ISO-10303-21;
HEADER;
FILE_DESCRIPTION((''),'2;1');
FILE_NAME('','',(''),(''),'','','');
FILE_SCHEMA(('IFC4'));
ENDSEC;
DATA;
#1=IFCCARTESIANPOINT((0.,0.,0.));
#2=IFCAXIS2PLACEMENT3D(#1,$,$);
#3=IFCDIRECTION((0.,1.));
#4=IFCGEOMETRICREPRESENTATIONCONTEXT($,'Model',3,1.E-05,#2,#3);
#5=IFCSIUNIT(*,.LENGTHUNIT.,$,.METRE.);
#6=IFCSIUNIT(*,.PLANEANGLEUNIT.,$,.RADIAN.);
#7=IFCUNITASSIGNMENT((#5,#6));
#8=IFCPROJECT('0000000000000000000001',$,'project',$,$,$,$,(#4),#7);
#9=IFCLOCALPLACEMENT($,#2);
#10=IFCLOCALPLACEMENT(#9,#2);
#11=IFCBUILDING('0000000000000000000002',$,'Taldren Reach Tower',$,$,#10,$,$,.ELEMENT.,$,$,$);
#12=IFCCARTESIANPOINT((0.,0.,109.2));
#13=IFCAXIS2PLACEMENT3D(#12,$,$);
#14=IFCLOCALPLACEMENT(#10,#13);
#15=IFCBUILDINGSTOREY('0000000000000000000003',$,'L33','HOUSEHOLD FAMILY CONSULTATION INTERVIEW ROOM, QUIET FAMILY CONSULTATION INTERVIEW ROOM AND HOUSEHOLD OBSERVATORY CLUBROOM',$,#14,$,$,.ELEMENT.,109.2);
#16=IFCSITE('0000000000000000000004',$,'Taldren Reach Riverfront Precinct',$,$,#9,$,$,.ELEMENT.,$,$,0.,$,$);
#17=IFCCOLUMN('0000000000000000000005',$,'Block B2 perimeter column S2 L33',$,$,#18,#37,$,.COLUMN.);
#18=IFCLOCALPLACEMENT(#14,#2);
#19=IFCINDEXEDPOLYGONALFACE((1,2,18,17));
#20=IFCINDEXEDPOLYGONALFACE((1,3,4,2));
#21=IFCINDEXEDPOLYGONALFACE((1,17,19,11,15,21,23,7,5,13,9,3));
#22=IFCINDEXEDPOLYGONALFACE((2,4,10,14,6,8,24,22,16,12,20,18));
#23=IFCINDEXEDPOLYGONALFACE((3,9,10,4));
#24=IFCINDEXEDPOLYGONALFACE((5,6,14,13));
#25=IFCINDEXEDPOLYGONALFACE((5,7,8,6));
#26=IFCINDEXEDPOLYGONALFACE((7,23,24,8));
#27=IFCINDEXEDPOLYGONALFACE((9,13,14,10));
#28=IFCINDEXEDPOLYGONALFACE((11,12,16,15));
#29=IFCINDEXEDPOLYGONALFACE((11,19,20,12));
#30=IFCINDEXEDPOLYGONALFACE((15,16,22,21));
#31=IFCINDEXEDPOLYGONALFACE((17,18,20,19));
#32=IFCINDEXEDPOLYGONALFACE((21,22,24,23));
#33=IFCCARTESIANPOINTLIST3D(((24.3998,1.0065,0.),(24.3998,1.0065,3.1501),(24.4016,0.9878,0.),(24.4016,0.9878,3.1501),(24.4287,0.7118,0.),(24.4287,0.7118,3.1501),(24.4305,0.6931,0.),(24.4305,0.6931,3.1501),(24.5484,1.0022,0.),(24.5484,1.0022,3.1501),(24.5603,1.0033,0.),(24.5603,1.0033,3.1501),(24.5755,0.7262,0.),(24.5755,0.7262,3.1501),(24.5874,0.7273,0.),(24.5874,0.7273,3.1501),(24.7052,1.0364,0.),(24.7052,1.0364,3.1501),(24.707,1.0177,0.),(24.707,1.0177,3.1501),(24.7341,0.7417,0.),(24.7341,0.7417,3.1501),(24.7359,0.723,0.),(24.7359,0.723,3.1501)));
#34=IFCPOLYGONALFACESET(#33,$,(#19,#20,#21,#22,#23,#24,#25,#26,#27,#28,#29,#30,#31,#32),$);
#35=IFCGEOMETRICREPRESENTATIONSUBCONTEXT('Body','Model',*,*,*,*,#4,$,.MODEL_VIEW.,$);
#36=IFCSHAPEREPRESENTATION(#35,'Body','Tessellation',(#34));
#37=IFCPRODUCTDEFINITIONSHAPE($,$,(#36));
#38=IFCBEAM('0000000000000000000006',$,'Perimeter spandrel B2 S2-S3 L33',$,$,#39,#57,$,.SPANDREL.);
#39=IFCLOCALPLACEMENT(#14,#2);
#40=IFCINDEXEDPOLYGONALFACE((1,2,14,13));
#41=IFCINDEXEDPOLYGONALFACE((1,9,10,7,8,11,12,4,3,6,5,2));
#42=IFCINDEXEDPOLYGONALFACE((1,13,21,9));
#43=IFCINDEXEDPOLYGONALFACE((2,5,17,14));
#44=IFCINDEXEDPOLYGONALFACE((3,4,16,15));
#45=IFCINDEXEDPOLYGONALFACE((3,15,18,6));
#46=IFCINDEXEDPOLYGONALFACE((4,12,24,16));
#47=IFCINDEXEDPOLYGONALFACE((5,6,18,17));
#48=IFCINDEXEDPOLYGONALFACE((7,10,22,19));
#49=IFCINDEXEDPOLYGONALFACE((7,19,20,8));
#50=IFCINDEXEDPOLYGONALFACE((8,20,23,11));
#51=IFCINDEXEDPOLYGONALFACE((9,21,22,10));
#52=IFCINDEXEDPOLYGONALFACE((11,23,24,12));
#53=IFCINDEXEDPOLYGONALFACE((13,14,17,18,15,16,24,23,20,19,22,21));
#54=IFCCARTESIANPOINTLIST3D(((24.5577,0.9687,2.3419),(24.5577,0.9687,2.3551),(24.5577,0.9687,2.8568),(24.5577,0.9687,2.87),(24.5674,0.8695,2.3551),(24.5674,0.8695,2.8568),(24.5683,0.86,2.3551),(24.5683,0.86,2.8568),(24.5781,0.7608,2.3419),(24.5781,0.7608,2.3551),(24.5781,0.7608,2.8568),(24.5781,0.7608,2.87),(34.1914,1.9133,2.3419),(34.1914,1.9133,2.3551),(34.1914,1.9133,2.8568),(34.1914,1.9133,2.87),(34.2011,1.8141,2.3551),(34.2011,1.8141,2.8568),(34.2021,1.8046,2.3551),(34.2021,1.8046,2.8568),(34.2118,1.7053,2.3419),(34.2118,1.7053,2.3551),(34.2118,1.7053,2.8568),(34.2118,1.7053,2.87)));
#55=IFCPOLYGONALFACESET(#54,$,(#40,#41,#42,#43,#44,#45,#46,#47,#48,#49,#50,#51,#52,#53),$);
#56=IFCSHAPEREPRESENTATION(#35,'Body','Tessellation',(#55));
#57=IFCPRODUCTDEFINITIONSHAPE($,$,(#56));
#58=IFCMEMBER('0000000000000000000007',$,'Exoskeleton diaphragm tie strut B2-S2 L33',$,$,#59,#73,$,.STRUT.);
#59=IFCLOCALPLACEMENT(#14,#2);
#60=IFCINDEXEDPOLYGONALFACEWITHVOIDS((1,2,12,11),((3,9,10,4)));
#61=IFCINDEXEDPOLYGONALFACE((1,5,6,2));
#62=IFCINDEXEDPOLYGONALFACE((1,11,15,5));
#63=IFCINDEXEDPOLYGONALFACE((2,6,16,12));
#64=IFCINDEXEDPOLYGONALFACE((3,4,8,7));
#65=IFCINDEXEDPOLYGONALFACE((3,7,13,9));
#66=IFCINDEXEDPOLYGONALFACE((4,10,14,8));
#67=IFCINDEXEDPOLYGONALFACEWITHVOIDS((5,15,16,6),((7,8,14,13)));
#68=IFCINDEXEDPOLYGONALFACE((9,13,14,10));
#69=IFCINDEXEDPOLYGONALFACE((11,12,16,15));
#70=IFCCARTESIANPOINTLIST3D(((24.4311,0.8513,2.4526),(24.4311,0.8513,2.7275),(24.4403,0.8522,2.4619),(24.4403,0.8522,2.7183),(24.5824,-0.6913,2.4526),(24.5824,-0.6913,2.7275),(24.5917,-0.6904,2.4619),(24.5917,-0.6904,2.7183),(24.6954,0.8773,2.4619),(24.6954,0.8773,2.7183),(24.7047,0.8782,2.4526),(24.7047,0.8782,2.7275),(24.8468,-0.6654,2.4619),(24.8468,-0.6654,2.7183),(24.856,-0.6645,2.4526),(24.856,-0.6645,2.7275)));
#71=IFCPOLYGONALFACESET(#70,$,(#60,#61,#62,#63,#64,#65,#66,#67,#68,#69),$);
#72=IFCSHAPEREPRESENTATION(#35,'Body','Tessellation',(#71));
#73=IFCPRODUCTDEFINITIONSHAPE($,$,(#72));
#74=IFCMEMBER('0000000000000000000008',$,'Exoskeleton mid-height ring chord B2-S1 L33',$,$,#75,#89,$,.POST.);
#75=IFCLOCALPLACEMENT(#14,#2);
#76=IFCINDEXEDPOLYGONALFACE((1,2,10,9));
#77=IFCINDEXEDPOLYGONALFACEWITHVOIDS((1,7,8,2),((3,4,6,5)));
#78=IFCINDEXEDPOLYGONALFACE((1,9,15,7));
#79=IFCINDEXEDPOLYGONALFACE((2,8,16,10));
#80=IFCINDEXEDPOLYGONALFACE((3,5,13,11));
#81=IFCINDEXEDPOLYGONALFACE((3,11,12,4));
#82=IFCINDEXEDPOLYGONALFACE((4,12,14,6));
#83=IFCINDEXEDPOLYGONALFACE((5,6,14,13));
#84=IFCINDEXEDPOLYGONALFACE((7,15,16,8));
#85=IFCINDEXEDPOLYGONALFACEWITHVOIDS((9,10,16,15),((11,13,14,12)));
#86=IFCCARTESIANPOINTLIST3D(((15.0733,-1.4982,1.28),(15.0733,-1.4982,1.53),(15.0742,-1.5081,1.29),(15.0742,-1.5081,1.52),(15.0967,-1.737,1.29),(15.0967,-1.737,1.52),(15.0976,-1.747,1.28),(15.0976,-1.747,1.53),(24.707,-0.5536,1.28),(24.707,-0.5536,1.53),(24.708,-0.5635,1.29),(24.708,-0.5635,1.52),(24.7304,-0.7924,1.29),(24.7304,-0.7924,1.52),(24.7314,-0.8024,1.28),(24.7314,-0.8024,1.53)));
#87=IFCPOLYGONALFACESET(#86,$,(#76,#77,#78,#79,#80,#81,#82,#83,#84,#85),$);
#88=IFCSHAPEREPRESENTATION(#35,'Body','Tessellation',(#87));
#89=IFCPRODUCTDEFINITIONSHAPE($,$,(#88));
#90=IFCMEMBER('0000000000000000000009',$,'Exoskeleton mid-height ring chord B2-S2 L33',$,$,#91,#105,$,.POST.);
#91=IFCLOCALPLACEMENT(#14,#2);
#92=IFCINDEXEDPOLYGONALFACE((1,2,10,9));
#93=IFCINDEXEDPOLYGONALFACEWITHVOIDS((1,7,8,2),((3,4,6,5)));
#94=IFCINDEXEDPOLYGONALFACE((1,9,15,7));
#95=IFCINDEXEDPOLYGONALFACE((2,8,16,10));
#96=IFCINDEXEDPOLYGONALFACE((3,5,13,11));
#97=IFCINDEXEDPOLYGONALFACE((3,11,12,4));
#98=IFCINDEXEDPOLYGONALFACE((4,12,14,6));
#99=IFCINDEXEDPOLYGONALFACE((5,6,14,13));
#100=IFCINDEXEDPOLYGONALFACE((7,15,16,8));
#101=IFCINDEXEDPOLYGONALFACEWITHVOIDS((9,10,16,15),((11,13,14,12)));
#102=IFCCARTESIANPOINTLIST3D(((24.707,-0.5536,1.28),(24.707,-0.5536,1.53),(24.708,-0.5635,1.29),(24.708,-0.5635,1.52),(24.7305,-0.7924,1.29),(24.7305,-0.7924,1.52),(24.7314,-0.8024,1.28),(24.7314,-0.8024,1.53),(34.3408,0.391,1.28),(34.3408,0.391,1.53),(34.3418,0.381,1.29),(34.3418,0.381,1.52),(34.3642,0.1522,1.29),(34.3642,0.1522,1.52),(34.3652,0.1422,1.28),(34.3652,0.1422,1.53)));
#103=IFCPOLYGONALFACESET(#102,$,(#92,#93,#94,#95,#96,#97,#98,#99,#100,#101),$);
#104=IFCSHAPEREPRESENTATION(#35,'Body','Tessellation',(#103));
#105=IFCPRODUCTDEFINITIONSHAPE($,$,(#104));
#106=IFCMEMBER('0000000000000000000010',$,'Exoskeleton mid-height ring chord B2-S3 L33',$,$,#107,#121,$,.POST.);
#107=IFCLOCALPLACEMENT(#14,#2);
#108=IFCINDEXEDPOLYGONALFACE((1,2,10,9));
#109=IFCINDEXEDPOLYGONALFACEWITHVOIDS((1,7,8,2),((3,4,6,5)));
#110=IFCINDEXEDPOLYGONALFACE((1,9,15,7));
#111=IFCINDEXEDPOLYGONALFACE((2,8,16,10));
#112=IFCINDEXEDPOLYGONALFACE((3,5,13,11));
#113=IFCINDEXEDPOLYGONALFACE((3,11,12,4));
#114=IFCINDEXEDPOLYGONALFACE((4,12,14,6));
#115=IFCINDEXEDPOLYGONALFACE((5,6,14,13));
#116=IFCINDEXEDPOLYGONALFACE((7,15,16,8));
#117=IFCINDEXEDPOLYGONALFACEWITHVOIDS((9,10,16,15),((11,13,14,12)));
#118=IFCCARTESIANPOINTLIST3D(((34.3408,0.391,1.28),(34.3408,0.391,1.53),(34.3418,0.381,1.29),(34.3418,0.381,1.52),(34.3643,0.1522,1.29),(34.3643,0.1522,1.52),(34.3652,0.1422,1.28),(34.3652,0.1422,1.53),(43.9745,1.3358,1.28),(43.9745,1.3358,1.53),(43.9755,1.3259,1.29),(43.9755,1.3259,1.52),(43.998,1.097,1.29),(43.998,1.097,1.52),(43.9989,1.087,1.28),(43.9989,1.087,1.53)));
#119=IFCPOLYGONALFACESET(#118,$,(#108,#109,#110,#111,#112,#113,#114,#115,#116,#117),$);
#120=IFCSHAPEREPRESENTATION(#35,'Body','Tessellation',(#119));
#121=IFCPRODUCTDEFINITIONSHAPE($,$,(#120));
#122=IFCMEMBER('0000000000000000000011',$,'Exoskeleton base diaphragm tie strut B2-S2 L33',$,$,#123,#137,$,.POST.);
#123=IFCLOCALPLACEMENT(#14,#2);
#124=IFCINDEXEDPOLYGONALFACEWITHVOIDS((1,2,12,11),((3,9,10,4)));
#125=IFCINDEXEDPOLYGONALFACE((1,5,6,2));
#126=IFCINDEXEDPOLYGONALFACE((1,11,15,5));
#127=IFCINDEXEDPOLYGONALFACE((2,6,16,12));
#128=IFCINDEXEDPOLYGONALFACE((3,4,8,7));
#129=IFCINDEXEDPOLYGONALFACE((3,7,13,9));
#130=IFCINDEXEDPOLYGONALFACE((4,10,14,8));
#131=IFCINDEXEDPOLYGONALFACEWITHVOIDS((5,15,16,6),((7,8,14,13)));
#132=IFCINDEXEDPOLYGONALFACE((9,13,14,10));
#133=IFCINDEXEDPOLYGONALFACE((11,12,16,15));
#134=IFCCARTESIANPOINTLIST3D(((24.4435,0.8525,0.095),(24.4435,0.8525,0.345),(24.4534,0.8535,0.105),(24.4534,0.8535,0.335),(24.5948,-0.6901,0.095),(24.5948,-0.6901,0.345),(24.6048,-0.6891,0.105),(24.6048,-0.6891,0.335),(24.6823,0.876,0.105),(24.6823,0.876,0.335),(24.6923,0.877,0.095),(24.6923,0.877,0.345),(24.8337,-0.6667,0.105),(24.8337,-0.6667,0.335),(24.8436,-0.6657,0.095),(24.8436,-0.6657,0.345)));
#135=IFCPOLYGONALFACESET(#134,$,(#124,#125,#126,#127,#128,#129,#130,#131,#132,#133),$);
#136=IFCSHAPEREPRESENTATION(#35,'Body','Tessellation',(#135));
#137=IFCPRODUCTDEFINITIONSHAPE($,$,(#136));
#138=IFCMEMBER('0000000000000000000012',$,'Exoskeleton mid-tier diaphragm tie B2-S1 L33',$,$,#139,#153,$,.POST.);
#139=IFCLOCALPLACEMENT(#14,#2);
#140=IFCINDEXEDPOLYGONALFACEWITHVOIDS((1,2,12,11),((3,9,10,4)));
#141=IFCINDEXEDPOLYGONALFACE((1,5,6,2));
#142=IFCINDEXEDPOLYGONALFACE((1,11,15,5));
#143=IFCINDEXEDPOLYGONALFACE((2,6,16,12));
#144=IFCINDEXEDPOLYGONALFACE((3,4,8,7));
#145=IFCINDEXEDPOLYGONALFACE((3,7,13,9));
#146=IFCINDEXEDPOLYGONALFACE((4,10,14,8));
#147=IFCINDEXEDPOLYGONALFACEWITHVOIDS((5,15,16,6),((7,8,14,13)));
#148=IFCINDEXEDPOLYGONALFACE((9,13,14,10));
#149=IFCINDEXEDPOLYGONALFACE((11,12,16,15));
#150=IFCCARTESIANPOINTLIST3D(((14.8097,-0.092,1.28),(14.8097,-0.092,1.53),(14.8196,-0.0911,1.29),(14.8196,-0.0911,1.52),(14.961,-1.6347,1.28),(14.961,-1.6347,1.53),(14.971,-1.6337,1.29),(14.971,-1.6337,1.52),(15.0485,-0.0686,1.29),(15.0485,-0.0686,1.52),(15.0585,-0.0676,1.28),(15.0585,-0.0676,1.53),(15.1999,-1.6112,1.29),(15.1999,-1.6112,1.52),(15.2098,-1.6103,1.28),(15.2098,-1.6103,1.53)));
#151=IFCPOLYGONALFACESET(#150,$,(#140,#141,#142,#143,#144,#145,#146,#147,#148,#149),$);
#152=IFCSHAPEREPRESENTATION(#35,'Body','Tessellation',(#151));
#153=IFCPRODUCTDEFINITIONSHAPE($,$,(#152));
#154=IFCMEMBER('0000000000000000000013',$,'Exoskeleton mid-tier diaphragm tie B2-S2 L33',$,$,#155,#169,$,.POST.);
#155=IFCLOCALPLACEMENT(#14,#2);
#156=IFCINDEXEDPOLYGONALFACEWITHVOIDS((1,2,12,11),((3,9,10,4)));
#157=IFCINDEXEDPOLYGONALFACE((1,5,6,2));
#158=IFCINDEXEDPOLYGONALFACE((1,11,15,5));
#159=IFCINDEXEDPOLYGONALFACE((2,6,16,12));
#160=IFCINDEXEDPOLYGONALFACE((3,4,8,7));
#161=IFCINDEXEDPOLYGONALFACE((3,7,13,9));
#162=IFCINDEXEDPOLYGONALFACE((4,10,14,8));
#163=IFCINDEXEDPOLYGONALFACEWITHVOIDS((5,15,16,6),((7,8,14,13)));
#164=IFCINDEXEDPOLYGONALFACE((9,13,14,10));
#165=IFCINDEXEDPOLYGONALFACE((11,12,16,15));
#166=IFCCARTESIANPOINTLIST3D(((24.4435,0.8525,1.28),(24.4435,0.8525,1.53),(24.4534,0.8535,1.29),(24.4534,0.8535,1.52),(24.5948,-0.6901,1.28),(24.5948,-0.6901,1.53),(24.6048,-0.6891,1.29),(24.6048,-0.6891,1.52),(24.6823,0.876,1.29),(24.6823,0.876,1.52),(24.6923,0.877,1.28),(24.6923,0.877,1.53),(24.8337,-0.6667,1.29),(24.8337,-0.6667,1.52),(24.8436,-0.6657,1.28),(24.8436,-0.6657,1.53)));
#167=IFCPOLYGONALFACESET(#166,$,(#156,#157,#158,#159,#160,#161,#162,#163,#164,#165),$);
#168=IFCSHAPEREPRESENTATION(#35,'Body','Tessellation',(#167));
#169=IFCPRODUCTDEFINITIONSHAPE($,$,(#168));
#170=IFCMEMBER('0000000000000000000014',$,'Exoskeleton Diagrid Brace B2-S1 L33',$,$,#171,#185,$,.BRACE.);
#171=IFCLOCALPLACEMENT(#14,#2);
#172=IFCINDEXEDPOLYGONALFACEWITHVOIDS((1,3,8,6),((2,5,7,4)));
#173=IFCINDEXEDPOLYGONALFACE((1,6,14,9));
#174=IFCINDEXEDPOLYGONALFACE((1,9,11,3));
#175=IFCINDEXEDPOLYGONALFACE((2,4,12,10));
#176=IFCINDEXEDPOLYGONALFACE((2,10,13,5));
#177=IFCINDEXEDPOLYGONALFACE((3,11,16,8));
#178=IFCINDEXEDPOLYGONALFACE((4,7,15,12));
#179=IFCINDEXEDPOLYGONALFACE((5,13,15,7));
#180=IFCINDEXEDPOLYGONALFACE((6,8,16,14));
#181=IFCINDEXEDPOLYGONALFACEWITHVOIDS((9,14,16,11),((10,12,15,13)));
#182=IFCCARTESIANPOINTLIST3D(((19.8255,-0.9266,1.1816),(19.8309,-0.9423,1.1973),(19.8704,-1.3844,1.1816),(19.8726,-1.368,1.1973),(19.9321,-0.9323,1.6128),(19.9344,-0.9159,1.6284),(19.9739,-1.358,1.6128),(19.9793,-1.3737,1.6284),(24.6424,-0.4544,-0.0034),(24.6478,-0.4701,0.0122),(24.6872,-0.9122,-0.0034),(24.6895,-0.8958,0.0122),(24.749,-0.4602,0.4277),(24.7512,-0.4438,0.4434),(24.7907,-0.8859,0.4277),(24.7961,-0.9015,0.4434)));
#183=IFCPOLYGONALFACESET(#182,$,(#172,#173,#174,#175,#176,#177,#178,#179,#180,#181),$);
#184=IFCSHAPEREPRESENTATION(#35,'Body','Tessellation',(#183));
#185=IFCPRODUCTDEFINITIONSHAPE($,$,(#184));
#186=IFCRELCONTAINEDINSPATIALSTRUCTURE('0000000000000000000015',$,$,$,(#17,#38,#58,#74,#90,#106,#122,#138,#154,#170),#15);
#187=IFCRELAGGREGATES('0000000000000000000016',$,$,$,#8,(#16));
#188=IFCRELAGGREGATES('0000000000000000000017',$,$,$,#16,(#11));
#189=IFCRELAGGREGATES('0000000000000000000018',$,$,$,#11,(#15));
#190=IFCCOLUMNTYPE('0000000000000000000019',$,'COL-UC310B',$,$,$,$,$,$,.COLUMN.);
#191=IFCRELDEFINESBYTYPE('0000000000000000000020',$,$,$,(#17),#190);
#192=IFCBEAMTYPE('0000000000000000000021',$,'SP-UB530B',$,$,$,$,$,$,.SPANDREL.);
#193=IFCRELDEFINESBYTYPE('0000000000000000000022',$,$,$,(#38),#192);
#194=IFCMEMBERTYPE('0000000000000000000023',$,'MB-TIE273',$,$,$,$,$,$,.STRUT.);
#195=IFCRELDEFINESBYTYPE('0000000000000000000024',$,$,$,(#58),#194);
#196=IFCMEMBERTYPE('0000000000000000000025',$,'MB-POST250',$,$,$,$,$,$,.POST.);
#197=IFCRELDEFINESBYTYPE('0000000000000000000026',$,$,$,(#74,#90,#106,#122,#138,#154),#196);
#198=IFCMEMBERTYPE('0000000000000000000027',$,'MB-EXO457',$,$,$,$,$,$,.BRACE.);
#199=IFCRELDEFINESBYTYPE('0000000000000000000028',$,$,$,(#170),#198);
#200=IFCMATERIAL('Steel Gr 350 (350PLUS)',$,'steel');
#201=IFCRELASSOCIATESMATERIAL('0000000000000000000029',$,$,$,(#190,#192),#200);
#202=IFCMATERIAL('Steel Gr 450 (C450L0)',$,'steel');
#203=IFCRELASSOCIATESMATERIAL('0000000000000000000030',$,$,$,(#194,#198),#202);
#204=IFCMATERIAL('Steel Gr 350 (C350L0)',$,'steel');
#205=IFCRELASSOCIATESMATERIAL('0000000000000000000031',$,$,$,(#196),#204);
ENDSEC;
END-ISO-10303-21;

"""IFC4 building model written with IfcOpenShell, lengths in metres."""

from ifc_helpers import new_model, si_unit, direction, frame, origin, origin_2d, place, context, subcontext, project, spatial, hollow_rectangle, i_section, extrude, source, transform, mapped, material, material_profile, profile_set, type_object, element, save


model = new_model("IFC4")

# Units and contexts
model_context = context("Model", 3, precision=1e-05, world=origin(), true_north=direction((0.0, 1.0)))
body_context = subcontext(model_context, "Body", "Model", "MODEL_VIEW")
ifc_project = project(units=[si_unit("LENGTHUNIT", "METRE"), si_unit("PLANEANGLEUNIT", "RADIAN")], contexts=[model_context])

# Site, building, storey
site_placement = place(None, origin())
site = spatial("IfcSite", under=ifc_project, at=site_placement, Name="Taldren Reach Riverfront Precinct", CompositionType="ELEMENT", RefElevation=0.0)
building_placement = place(site_placement, origin())
building = spatial("IfcBuilding", under=site, at=building_placement, Name="Taldren Reach Tower", CompositionType="ELEMENT")
storey_placement = place(building_placement, frame((0.0, 0.0, 109.2)))
storey = spatial("IfcBuildingStorey", under=building, at=storey_placement, Name="L33", Description="HOUSEHOLD FAMILY CONSULTATION INTERVIEW ROOM, QUIET FAMILY CONSULTATION INTERVIEW ROOM AND HOUSEHOLD OBSERVATORY CLUBROOM", CompositionType="ELEMENT", Elevation=109.2)

# Column
ifc_material_1 = material(Name="Steel Gr 350 (350PLUS)", Category="steel")
ifc_material_profile_1 = material_profile(ifc_material_1, i_section(OverallWidth=0.3069, OverallDepth=0.3149, WebThickness=0.012, FlangeThickness=0.0188, at=origin_2d()), Name="310UC118")
ifc_profile_set_1 = profile_set([ifc_material_profile_1], Name="Steel Gr 350 (350PLUS)")
column_type = type_object("IfcColumnType", Name="COL-UC310B", PredefinedType="COLUMN", material=ifc_profile_set_1)
shared_shape_1 = source(origin(), body_context, "Body", "SweptSolid", [
    extrude(i_section(OverallWidth=0.3069, OverallDepth=0.3149, WebThickness=0.012, FlangeThickness=0.0188, at=origin_2d()), origin(), (0.0, 0.0, 1.0), 3.1501),
])
column_placement = place(storey_placement, frame((24.5679, 0.8647, 0.0), z_axis=(0.0, 0.0, 1.0), x_axis=(0.995227, 0.097583, 0.0)))
element("IfcColumn", 1, at=column_placement, inside=storey, type_object=column_type, Name="Block B2 perimeter column S2 L33", PredefinedType="COLUMN", context=body_context, shape_type="MappedRepresentation", body=[
    mapped(shared_shape_1, transform((0.0, 0.0, 0.0), scale=1.0)),
])

# Beam
ifc_material_profile_2 = material_profile(ifc_material_1, i_section(OverallWidth=0.209, OverallDepth=0.5281, WebThickness=0.0095, FlangeThickness=0.0132, at=origin_2d()), Name="530UB82.0")
ifc_profile_set_2 = profile_set([ifc_material_profile_2], Name="Steel Gr 350 (350PLUS)")
beam_type = type_object("IfcBeamType", Name="SP-UB530B", PredefinedType="SPANDREL", material=ifc_profile_set_2)
shared_shape_2 = source(origin(), body_context, "Body", "SweptSolid", [
    extrude(i_section(OverallWidth=0.209, OverallDepth=0.5281, WebThickness=0.0095, FlangeThickness=0.0132, at=origin_2d()), origin(), (0.0, 0.0, 1.0), 9.6799),
])
beam_placement = place(storey_placement, frame((24.5679, 0.8647, 2.606), z_axis=(0.995228, 0.097581, 0.0), x_axis=(-0.097581, 0.995228, 0.0)))
element("IfcBeam", 2, at=beam_placement, inside=storey, type_object=beam_type, Name="Perimeter spandrel B2 S2-S3 L33", PredefinedType="SPANDREL", context=body_context, shape_type="MappedRepresentation", body=[
    mapped(shared_shape_2, transform((0.0, 0.0, 0.0), scale=1.0)),
])

# Members
ifc_material_2 = material(Name="Steel Gr 450 (C450L0)", Category="steel")
ifc_material_profile_3 = material_profile(ifc_material_2, hollow_rectangle(XDim=0.2749, YDim=0.2749, WallThickness=0.0093, at=origin_2d()), Name="275x275x9.3SHS")
ifc_profile_set_3 = profile_set([ifc_material_profile_3], Name="Steel Gr 450 (C450L0)")
member_type_1 = type_object("IfcMemberType", Name="MB-TIE273", PredefinedType="STRUT", material=ifc_profile_set_3)
shared_shape_3 = source(origin(), body_context, "Body", "SweptSolid", [
    extrude(hollow_rectangle(XDim=0.2749, YDim=0.2749, WallThickness=0.0093, at=origin_2d()), origin(), (0.0, 0.0, 1.0), 1.55),
])
member_1_placement = place(storey_placement, frame((24.5679, 0.8647, 2.5901), z_axis=(0.097648, -0.995221, 0.0), x_axis=(0.995221, 0.097648, 0.0)))
element("IfcMember", 3, at=member_1_placement, inside=storey, type_object=member_type_1, Name="Exoskeleton diaphragm tie strut B2-S2 L33", PredefinedType="STRUT", context=body_context, shape_type="MappedRepresentation", body=[
    mapped(shared_shape_3, transform((0.0, 0.0, 0.0), scale=1.0)),
])
ifc_material_3 = material(Name="Steel Gr 350 (C350L0)", Category="steel")
ifc_material_profile_4 = material_profile(ifc_material_3, hollow_rectangle(XDim=0.25, YDim=0.25, WallThickness=0.01, at=origin_2d()), Name="250x250x10.0SHS")
ifc_profile_set_4 = profile_set([ifc_material_profile_4], Name="Steel Gr 350 (C350L0)")
member_type_2 = type_object("IfcMemberType", Name="MB-POST250", PredefinedType="POST", material=ifc_profile_set_4)
shared_shape_4 = source(origin(), body_context, "Body", "SweptSolid", [
    extrude(hollow_rectangle(XDim=0.25, YDim=0.25, WallThickness=0.01, at=origin_2d()), origin(), (0.0, 0.0, 1.0), 9.6799),
])
for number, where, z_axis, x_axis, name in (
    (4, (15.0854, -1.6226, 1.405), (0.995228, 0.097581, 0.0), (-0.097581, 0.995228, 0.0), "Exoskeleton mid-height ring chord B2-S1 L33"),
    (5, (24.7192, -0.678, 1.405), (0.995228, 0.097581, 0.0), (-0.097581, 0.995228, 0.0), "Exoskeleton mid-height ring chord B2-S2 L33"),
    (6, (34.353, 0.2666, 1.405), (0.995225, 0.097606, 0.0), (-0.097606, 0.995225, 0.0), "Exoskeleton mid-height ring chord B2-S3 L33"),
):
    element("IfcMember", number, at=place(storey_placement, frame(where, z_axis=z_axis, x_axis=x_axis)), inside=storey, type_object=member_type_2, Name=name, PredefinedType="POST", context=body_context, shape_type="MappedRepresentation", body=[
        mapped(shared_shape_4, transform((0.0, 0.0, 0.0), scale=1.0)),
    ])
shared_shape_5 = source(origin(), body_context, "Body", "SweptSolid", [
    extrude(hollow_rectangle(XDim=0.25, YDim=0.25, WallThickness=0.01, at=origin_2d()), origin(), (0.0, 0.0, 1.0), 1.55),
])
for number, where, z_axis, x_axis, name in (
    (7, (24.5679, 0.8647, 0.22), (0.097648, -0.995221, 0.0), (0.995221, 0.097648, 0.0), "Exoskeleton base diaphragm tie strut B2-S2 L33"),
    (8, (14.9341, -0.0798, 1.405), (0.097648, -0.995221, 0.0), (0.995221, 0.097648, 0.0), "Exoskeleton mid-tier diaphragm tie B2-S1 L33"),
    (9, (24.5679, 0.8647, 1.405), (0.097648, -0.995221, 0.0), (0.995221, 0.097648, 0.0), "Exoskeleton mid-tier diaphragm tie B2-S2 L33"),
):
    element("IfcMember", number, at=place(storey_placement, frame(where, z_axis=z_axis, x_axis=x_axis)), inside=storey, type_object=member_type_2, Name=name, PredefinedType="POST", context=body_context, shape_type="MappedRepresentation", body=[
        mapped(shared_shape_5, transform((0.0, 0.0, 0.0), scale=1.0)),
    ])
ifc_material_profile_5 = material_profile(ifc_material_2, hollow_rectangle(XDim=0.46, YDim=0.46, WallThickness=0.0161, at=origin_2d()), Name="460x460x16.0SHS")
ifc_profile_set_5 = profile_set([ifc_material_profile_5], Name="Steel Gr 450 (C450L0)")
member_type_3 = type_object("IfcMemberType", Name="MB-EXO457", PredefinedType="BRACE", material=ifc_profile_set_5)
shared_shape_6 = source(origin(), body_context, "Body", "SweptSolid", [
    extrude(hollow_rectangle(XDim=0.46, YDim=0.46, WallThickness=0.0161, at=origin_2d()), origin(), (0.0, 0.0, 1.0), 4.9829),
])
for number, where, z_axis, x_axis, name in (
    (10, (24.7192, -0.678, 0.22), (-0.966675, -0.094757, 0.237823), (0.097556, -0.99523, 0.0), "Exoskeleton Diagrid Brace B2-S1 L33"),
):
    element("IfcMember", number, at=place(storey_placement, frame(where, z_axis=z_axis, x_axis=x_axis)), inside=storey, type_object=member_type_3, Name=name, PredefinedType="BRACE", context=body_context, shape_type="MappedRepresentation", body=[
        mapped(shared_shape_6, transform((0.0, 0.0, 0.0), scale=1.0)),
    ])

save(model, "model.ifc")
